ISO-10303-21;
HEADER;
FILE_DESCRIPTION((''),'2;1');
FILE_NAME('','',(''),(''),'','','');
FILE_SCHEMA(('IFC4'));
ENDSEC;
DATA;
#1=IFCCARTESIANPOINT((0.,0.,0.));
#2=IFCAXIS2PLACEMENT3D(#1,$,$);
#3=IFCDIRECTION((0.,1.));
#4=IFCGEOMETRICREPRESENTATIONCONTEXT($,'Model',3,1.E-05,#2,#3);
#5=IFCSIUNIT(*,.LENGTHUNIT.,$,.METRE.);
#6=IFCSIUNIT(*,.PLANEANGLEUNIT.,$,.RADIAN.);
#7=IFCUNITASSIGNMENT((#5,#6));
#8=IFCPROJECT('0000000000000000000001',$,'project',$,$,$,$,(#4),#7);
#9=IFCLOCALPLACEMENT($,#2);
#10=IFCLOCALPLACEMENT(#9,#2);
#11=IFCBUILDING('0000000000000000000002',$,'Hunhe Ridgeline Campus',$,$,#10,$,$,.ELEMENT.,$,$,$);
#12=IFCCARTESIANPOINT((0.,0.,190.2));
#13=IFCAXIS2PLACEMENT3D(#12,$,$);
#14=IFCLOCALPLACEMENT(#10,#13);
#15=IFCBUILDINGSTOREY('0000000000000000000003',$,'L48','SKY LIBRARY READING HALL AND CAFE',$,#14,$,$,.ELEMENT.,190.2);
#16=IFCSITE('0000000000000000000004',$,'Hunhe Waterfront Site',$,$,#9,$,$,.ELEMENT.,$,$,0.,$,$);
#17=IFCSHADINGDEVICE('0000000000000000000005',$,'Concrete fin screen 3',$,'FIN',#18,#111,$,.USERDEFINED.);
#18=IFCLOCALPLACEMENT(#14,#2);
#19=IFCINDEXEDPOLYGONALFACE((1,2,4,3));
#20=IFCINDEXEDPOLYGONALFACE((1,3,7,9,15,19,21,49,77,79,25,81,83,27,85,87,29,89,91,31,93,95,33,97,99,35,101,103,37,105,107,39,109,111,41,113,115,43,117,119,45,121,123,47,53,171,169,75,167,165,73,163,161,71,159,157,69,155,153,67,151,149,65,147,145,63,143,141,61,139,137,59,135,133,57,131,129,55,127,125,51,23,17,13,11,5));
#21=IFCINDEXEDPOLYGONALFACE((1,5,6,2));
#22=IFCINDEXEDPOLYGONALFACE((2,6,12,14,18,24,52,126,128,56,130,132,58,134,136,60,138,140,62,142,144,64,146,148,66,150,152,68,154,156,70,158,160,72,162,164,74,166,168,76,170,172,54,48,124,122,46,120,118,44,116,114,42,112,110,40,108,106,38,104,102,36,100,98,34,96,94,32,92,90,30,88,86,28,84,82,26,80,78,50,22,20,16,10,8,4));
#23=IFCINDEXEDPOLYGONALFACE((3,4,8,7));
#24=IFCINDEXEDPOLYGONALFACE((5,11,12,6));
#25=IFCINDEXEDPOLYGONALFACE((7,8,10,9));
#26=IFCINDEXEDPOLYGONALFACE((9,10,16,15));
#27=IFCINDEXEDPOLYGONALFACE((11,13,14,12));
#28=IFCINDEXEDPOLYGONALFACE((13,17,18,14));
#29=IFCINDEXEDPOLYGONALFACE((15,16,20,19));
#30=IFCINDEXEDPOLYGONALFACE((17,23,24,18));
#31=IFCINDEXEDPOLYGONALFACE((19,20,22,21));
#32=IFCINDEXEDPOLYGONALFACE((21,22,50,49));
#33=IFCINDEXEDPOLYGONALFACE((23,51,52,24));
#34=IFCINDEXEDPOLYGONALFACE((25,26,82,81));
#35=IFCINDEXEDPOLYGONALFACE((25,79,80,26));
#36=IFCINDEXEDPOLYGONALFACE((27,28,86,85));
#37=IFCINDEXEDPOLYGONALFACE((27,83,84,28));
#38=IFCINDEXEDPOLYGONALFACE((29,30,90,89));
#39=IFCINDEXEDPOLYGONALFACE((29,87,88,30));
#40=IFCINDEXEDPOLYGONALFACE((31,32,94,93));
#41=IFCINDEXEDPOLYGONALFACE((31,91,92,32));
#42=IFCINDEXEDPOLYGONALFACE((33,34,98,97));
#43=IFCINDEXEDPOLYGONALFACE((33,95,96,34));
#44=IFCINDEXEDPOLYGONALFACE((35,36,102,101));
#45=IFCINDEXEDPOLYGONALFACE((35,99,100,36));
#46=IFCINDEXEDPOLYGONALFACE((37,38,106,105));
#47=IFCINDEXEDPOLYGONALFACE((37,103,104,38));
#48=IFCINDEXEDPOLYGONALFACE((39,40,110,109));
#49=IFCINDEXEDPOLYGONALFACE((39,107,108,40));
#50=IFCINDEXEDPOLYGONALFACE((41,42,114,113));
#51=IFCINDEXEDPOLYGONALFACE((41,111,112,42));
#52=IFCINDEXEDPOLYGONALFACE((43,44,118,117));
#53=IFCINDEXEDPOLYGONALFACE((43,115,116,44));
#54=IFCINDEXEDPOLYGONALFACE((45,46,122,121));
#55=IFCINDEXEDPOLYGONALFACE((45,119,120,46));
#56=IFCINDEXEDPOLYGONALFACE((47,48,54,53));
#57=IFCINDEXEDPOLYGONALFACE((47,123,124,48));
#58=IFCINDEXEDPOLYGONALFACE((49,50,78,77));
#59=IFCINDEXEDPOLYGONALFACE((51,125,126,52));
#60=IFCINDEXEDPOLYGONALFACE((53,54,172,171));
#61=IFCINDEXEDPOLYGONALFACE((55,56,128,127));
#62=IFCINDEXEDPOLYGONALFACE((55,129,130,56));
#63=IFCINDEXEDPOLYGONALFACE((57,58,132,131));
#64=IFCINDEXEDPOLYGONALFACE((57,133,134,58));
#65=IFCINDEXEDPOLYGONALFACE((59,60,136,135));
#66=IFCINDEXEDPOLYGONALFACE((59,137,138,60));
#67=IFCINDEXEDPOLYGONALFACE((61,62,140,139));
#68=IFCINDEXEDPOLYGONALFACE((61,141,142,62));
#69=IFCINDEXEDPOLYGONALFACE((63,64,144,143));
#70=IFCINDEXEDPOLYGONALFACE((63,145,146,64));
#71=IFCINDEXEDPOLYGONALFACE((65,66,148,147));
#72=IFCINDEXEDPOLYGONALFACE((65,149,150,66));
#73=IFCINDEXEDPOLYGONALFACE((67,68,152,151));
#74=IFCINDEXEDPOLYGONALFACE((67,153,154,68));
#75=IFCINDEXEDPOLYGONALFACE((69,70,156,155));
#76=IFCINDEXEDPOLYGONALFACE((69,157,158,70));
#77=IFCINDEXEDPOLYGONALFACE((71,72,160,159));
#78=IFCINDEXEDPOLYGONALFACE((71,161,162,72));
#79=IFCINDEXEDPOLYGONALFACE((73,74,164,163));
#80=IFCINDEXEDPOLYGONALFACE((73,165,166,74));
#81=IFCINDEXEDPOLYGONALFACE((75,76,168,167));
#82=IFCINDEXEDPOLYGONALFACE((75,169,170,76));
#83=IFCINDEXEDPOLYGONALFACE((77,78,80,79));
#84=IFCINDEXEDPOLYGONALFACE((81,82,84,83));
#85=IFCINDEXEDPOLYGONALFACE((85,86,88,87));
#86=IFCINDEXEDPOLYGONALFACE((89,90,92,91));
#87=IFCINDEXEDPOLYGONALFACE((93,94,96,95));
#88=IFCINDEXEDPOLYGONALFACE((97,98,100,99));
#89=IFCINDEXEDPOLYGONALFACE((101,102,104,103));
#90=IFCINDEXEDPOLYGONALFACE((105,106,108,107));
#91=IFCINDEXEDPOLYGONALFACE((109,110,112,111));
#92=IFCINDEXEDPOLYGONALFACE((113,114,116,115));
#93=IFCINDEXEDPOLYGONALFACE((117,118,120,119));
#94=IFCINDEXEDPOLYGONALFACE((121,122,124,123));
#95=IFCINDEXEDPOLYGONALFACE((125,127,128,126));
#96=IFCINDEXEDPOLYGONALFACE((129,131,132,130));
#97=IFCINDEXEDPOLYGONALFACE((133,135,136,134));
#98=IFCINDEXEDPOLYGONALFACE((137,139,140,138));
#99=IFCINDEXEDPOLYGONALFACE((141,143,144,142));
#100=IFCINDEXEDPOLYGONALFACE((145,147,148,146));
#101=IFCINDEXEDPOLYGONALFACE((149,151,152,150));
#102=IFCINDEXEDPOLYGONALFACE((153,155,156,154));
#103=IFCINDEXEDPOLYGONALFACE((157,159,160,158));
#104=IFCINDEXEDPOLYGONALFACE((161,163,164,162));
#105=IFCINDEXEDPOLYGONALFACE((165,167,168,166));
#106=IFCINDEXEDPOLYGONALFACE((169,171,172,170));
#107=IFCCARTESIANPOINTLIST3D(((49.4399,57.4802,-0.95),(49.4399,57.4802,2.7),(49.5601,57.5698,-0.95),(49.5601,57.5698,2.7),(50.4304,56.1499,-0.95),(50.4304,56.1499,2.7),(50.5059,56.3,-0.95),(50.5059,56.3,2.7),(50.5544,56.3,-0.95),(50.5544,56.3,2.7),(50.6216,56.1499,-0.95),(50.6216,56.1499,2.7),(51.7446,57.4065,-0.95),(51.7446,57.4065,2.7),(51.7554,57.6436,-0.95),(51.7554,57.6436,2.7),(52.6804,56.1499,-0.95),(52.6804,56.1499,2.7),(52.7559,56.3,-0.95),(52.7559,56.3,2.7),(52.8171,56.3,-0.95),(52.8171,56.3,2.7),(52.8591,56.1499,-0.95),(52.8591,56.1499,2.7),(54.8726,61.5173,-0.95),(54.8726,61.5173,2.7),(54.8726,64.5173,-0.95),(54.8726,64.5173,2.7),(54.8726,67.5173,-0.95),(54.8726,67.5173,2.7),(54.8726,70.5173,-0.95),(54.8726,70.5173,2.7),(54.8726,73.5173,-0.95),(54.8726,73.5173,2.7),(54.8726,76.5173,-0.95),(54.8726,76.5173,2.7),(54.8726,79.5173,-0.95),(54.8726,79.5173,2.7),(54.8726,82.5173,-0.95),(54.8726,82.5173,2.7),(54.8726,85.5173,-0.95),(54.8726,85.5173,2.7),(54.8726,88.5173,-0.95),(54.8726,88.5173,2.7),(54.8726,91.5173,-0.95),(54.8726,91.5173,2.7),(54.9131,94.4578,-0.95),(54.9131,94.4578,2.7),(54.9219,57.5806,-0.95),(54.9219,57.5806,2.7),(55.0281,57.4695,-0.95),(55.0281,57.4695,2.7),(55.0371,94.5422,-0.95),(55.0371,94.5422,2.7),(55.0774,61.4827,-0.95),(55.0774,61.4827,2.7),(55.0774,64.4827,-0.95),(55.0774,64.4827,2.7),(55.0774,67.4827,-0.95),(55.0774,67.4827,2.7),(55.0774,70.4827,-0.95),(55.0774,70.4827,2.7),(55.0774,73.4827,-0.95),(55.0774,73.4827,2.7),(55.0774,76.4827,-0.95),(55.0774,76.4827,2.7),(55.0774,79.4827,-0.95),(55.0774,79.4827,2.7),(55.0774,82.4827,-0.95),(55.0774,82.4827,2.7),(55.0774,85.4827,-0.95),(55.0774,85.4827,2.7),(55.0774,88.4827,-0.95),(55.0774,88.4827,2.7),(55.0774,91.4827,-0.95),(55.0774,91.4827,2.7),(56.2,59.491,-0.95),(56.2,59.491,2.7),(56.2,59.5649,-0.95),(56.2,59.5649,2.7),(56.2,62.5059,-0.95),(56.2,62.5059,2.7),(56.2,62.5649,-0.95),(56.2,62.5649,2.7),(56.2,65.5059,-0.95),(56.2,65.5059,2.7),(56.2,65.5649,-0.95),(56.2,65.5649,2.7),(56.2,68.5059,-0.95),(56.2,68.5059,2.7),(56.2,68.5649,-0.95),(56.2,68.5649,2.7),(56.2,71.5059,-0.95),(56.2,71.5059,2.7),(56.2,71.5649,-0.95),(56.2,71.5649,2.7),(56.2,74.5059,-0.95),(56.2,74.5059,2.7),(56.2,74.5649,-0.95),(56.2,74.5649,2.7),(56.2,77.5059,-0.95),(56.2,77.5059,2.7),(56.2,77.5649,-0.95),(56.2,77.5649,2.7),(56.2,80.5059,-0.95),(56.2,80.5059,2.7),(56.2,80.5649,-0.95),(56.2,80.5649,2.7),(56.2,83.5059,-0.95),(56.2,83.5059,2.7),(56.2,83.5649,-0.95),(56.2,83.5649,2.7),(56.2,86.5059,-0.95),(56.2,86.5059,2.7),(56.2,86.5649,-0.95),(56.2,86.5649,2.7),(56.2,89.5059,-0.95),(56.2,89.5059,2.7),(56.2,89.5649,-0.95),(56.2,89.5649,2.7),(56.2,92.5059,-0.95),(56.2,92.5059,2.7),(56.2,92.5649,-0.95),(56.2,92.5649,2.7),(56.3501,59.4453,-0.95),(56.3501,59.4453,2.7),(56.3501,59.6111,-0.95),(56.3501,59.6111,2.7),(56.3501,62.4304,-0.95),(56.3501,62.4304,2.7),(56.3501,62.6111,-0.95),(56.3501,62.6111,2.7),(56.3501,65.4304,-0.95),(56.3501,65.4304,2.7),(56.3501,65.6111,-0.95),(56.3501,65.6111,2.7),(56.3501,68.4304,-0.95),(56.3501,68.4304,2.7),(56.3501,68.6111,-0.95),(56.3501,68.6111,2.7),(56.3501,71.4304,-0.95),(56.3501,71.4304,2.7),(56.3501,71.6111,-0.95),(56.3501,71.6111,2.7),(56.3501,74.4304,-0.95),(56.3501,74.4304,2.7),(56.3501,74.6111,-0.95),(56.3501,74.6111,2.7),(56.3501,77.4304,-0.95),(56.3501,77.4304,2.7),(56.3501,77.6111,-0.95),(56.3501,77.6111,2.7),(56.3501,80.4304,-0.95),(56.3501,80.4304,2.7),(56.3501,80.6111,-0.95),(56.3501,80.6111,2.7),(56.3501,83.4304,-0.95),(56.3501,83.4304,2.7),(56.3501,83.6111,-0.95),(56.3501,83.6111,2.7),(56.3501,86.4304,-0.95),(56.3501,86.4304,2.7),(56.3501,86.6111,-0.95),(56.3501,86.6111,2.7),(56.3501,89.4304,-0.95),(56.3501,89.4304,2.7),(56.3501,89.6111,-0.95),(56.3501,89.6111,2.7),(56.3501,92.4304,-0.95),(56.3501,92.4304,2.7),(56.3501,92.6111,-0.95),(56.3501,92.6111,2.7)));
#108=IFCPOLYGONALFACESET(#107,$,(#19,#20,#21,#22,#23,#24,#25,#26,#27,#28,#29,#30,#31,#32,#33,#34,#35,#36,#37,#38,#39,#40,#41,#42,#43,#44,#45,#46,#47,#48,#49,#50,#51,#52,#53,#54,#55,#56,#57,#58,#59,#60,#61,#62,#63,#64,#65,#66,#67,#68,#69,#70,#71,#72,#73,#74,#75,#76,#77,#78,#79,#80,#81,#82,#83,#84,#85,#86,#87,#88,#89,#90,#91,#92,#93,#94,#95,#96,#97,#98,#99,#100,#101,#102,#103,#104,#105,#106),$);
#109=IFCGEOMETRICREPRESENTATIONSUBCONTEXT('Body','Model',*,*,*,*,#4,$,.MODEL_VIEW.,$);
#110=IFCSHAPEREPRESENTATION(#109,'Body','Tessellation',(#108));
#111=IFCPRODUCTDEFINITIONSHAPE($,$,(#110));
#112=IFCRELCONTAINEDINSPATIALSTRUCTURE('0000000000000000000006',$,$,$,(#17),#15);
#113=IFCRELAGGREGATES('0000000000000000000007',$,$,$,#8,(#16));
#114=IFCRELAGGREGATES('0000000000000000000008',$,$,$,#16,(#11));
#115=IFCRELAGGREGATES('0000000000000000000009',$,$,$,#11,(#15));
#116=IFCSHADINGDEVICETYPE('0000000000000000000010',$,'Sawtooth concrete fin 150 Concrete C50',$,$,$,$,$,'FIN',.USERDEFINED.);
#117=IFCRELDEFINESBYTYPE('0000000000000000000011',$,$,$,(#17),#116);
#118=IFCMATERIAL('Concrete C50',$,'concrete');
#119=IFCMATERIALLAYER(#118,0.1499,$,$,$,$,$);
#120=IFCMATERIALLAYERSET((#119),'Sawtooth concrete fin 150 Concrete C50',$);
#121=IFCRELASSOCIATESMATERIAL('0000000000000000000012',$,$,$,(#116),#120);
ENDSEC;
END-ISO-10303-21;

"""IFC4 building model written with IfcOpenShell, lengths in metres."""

from ifc_helpers import new_model, si_unit, direction, frame, origin, place, context, subcontext, project, spatial, polyline, outline, extrude, material, layer, layer_set, type_object, element, save


model = new_model("IFC4")

# Units and contexts
model_context = context("Model", 3, precision=1e-05, world=origin(), true_north=direction((0.0, 1.0)))
body_context = subcontext(model_context, "Body", "Model", "MODEL_VIEW")
ifc_project = project(units=[si_unit("LENGTHUNIT", "METRE"), si_unit("PLANEANGLEUNIT", "RADIAN")], contexts=[model_context])

# Site, building, storey
site_placement = place(None, origin())
site = spatial("IfcSite", under=ifc_project, at=site_placement, Name="Hunhe Waterfront Site", CompositionType="ELEMENT", RefElevation=0.0)
building_placement = place(site_placement, origin())
building = spatial("IfcBuilding", under=site, at=building_placement, Name="Hunhe Ridgeline Campus", CompositionType="ELEMENT")
storey_placement = place(building_placement, frame((0.0, 0.0, 190.2)))
storey = spatial("IfcBuildingStorey", under=building, at=storey_placement, Name="L48", Description="SKY LIBRARY READING HALL AND CAFE", CompositionType="ELEMENT", Elevation=190.2)

# Shading device
ifc_material_1 = material(Name="Concrete C50", Category="concrete")
ifc_layer_1 = layer(ifc_material_1, 0.1499)
ifc_layer_set_1 = layer_set([ifc_layer_1], Name="Sawtooth concrete fin 150 Concrete C50")
shading_device_type = type_object("IfcShadingDeviceType", Name="Sawtooth concrete fin 150 Concrete C50", ElementType="FIN", PredefinedType="USERDEFINED", material=ifc_layer_set_1)
shading_device_1_placement = place(storey_placement, frame((0.0, 0.0, -0.95)))
element("IfcShadingDevice", 1, at=shading_device_1_placement, inside=storey, type_object=shading_device_type, Name="Concrete fin screen 3", ObjectType="FIN", PredefinedType="USERDEFINED", context=body_context, shape_type="SweptSolid", body=[
    extrude(outline(polyline([(49.5601, 57.5698), (49.4399, 57.4802), (50.4304, 56.1499), (50.6216, 56.1499), (51.7446, 57.4065), (52.6804, 56.1499), (52.8591, 56.1499), (55.0281, 57.4695), (56.3501, 59.4453), (56.3501, 59.6111), (55.0774, 61.4827), (56.3501, 62.4304), (56.3501, 62.6111), (55.0774, 64.4827), (56.3501, 65.4304), (56.3501, 65.6111), (55.0774, 67.4827), (56.3501, 68.4304), (56.3501, 68.6111), (55.0774, 70.4827), (56.3501, 71.4304), (56.3501, 71.6111), (55.0774, 73.4827), (56.3501, 74.4304), (56.3501, 74.6111), (55.0774, 76.4827), (56.3501, 77.4304), (56.3501, 77.6111), (55.0774, 79.4827), (56.3501, 80.4304), (56.3501, 80.6111), (55.0774, 82.4827), (56.3501, 83.4304), (56.3501, 83.6111), (55.0774, 85.4827), (56.3501, 86.4304), (56.3501, 86.6111), (55.0774, 88.4827), (56.3501, 89.4304), (56.3501, 89.6111), (55.0774, 91.4827), (56.3501, 92.4304), (56.3501, 92.6111), (55.0371, 94.5422), (54.9131, 94.4578), (56.2, 92.5649), (56.2, 92.5059), (54.8726, 91.5173), (56.2, 89.5649), (56.2, 89.5059), (54.8726, 88.5173), (56.2, 86.5649), (56.2, 86.5059), (54.8726, 85.5173), (56.2, 83.5649), (56.2, 83.5059), (54.8726, 82.5173), (56.2, 80.5649), (56.2, 80.5059), (54.8726, 79.5173), (56.2, 77.5649), (56.2, 77.5059), (54.8726, 76.5173), (56.2, 74.5649), (56.2, 74.5059), (54.8726, 73.5173), (56.2, 71.5649), (56.2, 71.5059), (54.8726, 70.5173), (56.2, 68.5649), (56.2, 68.5059), (54.8726, 67.5173), (56.2, 65.5649), (56.2, 65.5059), (54.8726, 64.5173), (56.2, 62.5649), (56.2, 62.5059), (54.8726, 61.5173), (56.2, 59.5649), (56.2, 59.491), (54.9219, 57.5806), (52.8171, 56.3), (52.7559, 56.3), (51.7554, 57.6436), (50.5544, 56.3), (50.5059, 56.3), (49.5601, 57.5698)])), origin(), (0.0, 0.0, 1.0), 3.6499),
])

save(model, "model.ifc")
